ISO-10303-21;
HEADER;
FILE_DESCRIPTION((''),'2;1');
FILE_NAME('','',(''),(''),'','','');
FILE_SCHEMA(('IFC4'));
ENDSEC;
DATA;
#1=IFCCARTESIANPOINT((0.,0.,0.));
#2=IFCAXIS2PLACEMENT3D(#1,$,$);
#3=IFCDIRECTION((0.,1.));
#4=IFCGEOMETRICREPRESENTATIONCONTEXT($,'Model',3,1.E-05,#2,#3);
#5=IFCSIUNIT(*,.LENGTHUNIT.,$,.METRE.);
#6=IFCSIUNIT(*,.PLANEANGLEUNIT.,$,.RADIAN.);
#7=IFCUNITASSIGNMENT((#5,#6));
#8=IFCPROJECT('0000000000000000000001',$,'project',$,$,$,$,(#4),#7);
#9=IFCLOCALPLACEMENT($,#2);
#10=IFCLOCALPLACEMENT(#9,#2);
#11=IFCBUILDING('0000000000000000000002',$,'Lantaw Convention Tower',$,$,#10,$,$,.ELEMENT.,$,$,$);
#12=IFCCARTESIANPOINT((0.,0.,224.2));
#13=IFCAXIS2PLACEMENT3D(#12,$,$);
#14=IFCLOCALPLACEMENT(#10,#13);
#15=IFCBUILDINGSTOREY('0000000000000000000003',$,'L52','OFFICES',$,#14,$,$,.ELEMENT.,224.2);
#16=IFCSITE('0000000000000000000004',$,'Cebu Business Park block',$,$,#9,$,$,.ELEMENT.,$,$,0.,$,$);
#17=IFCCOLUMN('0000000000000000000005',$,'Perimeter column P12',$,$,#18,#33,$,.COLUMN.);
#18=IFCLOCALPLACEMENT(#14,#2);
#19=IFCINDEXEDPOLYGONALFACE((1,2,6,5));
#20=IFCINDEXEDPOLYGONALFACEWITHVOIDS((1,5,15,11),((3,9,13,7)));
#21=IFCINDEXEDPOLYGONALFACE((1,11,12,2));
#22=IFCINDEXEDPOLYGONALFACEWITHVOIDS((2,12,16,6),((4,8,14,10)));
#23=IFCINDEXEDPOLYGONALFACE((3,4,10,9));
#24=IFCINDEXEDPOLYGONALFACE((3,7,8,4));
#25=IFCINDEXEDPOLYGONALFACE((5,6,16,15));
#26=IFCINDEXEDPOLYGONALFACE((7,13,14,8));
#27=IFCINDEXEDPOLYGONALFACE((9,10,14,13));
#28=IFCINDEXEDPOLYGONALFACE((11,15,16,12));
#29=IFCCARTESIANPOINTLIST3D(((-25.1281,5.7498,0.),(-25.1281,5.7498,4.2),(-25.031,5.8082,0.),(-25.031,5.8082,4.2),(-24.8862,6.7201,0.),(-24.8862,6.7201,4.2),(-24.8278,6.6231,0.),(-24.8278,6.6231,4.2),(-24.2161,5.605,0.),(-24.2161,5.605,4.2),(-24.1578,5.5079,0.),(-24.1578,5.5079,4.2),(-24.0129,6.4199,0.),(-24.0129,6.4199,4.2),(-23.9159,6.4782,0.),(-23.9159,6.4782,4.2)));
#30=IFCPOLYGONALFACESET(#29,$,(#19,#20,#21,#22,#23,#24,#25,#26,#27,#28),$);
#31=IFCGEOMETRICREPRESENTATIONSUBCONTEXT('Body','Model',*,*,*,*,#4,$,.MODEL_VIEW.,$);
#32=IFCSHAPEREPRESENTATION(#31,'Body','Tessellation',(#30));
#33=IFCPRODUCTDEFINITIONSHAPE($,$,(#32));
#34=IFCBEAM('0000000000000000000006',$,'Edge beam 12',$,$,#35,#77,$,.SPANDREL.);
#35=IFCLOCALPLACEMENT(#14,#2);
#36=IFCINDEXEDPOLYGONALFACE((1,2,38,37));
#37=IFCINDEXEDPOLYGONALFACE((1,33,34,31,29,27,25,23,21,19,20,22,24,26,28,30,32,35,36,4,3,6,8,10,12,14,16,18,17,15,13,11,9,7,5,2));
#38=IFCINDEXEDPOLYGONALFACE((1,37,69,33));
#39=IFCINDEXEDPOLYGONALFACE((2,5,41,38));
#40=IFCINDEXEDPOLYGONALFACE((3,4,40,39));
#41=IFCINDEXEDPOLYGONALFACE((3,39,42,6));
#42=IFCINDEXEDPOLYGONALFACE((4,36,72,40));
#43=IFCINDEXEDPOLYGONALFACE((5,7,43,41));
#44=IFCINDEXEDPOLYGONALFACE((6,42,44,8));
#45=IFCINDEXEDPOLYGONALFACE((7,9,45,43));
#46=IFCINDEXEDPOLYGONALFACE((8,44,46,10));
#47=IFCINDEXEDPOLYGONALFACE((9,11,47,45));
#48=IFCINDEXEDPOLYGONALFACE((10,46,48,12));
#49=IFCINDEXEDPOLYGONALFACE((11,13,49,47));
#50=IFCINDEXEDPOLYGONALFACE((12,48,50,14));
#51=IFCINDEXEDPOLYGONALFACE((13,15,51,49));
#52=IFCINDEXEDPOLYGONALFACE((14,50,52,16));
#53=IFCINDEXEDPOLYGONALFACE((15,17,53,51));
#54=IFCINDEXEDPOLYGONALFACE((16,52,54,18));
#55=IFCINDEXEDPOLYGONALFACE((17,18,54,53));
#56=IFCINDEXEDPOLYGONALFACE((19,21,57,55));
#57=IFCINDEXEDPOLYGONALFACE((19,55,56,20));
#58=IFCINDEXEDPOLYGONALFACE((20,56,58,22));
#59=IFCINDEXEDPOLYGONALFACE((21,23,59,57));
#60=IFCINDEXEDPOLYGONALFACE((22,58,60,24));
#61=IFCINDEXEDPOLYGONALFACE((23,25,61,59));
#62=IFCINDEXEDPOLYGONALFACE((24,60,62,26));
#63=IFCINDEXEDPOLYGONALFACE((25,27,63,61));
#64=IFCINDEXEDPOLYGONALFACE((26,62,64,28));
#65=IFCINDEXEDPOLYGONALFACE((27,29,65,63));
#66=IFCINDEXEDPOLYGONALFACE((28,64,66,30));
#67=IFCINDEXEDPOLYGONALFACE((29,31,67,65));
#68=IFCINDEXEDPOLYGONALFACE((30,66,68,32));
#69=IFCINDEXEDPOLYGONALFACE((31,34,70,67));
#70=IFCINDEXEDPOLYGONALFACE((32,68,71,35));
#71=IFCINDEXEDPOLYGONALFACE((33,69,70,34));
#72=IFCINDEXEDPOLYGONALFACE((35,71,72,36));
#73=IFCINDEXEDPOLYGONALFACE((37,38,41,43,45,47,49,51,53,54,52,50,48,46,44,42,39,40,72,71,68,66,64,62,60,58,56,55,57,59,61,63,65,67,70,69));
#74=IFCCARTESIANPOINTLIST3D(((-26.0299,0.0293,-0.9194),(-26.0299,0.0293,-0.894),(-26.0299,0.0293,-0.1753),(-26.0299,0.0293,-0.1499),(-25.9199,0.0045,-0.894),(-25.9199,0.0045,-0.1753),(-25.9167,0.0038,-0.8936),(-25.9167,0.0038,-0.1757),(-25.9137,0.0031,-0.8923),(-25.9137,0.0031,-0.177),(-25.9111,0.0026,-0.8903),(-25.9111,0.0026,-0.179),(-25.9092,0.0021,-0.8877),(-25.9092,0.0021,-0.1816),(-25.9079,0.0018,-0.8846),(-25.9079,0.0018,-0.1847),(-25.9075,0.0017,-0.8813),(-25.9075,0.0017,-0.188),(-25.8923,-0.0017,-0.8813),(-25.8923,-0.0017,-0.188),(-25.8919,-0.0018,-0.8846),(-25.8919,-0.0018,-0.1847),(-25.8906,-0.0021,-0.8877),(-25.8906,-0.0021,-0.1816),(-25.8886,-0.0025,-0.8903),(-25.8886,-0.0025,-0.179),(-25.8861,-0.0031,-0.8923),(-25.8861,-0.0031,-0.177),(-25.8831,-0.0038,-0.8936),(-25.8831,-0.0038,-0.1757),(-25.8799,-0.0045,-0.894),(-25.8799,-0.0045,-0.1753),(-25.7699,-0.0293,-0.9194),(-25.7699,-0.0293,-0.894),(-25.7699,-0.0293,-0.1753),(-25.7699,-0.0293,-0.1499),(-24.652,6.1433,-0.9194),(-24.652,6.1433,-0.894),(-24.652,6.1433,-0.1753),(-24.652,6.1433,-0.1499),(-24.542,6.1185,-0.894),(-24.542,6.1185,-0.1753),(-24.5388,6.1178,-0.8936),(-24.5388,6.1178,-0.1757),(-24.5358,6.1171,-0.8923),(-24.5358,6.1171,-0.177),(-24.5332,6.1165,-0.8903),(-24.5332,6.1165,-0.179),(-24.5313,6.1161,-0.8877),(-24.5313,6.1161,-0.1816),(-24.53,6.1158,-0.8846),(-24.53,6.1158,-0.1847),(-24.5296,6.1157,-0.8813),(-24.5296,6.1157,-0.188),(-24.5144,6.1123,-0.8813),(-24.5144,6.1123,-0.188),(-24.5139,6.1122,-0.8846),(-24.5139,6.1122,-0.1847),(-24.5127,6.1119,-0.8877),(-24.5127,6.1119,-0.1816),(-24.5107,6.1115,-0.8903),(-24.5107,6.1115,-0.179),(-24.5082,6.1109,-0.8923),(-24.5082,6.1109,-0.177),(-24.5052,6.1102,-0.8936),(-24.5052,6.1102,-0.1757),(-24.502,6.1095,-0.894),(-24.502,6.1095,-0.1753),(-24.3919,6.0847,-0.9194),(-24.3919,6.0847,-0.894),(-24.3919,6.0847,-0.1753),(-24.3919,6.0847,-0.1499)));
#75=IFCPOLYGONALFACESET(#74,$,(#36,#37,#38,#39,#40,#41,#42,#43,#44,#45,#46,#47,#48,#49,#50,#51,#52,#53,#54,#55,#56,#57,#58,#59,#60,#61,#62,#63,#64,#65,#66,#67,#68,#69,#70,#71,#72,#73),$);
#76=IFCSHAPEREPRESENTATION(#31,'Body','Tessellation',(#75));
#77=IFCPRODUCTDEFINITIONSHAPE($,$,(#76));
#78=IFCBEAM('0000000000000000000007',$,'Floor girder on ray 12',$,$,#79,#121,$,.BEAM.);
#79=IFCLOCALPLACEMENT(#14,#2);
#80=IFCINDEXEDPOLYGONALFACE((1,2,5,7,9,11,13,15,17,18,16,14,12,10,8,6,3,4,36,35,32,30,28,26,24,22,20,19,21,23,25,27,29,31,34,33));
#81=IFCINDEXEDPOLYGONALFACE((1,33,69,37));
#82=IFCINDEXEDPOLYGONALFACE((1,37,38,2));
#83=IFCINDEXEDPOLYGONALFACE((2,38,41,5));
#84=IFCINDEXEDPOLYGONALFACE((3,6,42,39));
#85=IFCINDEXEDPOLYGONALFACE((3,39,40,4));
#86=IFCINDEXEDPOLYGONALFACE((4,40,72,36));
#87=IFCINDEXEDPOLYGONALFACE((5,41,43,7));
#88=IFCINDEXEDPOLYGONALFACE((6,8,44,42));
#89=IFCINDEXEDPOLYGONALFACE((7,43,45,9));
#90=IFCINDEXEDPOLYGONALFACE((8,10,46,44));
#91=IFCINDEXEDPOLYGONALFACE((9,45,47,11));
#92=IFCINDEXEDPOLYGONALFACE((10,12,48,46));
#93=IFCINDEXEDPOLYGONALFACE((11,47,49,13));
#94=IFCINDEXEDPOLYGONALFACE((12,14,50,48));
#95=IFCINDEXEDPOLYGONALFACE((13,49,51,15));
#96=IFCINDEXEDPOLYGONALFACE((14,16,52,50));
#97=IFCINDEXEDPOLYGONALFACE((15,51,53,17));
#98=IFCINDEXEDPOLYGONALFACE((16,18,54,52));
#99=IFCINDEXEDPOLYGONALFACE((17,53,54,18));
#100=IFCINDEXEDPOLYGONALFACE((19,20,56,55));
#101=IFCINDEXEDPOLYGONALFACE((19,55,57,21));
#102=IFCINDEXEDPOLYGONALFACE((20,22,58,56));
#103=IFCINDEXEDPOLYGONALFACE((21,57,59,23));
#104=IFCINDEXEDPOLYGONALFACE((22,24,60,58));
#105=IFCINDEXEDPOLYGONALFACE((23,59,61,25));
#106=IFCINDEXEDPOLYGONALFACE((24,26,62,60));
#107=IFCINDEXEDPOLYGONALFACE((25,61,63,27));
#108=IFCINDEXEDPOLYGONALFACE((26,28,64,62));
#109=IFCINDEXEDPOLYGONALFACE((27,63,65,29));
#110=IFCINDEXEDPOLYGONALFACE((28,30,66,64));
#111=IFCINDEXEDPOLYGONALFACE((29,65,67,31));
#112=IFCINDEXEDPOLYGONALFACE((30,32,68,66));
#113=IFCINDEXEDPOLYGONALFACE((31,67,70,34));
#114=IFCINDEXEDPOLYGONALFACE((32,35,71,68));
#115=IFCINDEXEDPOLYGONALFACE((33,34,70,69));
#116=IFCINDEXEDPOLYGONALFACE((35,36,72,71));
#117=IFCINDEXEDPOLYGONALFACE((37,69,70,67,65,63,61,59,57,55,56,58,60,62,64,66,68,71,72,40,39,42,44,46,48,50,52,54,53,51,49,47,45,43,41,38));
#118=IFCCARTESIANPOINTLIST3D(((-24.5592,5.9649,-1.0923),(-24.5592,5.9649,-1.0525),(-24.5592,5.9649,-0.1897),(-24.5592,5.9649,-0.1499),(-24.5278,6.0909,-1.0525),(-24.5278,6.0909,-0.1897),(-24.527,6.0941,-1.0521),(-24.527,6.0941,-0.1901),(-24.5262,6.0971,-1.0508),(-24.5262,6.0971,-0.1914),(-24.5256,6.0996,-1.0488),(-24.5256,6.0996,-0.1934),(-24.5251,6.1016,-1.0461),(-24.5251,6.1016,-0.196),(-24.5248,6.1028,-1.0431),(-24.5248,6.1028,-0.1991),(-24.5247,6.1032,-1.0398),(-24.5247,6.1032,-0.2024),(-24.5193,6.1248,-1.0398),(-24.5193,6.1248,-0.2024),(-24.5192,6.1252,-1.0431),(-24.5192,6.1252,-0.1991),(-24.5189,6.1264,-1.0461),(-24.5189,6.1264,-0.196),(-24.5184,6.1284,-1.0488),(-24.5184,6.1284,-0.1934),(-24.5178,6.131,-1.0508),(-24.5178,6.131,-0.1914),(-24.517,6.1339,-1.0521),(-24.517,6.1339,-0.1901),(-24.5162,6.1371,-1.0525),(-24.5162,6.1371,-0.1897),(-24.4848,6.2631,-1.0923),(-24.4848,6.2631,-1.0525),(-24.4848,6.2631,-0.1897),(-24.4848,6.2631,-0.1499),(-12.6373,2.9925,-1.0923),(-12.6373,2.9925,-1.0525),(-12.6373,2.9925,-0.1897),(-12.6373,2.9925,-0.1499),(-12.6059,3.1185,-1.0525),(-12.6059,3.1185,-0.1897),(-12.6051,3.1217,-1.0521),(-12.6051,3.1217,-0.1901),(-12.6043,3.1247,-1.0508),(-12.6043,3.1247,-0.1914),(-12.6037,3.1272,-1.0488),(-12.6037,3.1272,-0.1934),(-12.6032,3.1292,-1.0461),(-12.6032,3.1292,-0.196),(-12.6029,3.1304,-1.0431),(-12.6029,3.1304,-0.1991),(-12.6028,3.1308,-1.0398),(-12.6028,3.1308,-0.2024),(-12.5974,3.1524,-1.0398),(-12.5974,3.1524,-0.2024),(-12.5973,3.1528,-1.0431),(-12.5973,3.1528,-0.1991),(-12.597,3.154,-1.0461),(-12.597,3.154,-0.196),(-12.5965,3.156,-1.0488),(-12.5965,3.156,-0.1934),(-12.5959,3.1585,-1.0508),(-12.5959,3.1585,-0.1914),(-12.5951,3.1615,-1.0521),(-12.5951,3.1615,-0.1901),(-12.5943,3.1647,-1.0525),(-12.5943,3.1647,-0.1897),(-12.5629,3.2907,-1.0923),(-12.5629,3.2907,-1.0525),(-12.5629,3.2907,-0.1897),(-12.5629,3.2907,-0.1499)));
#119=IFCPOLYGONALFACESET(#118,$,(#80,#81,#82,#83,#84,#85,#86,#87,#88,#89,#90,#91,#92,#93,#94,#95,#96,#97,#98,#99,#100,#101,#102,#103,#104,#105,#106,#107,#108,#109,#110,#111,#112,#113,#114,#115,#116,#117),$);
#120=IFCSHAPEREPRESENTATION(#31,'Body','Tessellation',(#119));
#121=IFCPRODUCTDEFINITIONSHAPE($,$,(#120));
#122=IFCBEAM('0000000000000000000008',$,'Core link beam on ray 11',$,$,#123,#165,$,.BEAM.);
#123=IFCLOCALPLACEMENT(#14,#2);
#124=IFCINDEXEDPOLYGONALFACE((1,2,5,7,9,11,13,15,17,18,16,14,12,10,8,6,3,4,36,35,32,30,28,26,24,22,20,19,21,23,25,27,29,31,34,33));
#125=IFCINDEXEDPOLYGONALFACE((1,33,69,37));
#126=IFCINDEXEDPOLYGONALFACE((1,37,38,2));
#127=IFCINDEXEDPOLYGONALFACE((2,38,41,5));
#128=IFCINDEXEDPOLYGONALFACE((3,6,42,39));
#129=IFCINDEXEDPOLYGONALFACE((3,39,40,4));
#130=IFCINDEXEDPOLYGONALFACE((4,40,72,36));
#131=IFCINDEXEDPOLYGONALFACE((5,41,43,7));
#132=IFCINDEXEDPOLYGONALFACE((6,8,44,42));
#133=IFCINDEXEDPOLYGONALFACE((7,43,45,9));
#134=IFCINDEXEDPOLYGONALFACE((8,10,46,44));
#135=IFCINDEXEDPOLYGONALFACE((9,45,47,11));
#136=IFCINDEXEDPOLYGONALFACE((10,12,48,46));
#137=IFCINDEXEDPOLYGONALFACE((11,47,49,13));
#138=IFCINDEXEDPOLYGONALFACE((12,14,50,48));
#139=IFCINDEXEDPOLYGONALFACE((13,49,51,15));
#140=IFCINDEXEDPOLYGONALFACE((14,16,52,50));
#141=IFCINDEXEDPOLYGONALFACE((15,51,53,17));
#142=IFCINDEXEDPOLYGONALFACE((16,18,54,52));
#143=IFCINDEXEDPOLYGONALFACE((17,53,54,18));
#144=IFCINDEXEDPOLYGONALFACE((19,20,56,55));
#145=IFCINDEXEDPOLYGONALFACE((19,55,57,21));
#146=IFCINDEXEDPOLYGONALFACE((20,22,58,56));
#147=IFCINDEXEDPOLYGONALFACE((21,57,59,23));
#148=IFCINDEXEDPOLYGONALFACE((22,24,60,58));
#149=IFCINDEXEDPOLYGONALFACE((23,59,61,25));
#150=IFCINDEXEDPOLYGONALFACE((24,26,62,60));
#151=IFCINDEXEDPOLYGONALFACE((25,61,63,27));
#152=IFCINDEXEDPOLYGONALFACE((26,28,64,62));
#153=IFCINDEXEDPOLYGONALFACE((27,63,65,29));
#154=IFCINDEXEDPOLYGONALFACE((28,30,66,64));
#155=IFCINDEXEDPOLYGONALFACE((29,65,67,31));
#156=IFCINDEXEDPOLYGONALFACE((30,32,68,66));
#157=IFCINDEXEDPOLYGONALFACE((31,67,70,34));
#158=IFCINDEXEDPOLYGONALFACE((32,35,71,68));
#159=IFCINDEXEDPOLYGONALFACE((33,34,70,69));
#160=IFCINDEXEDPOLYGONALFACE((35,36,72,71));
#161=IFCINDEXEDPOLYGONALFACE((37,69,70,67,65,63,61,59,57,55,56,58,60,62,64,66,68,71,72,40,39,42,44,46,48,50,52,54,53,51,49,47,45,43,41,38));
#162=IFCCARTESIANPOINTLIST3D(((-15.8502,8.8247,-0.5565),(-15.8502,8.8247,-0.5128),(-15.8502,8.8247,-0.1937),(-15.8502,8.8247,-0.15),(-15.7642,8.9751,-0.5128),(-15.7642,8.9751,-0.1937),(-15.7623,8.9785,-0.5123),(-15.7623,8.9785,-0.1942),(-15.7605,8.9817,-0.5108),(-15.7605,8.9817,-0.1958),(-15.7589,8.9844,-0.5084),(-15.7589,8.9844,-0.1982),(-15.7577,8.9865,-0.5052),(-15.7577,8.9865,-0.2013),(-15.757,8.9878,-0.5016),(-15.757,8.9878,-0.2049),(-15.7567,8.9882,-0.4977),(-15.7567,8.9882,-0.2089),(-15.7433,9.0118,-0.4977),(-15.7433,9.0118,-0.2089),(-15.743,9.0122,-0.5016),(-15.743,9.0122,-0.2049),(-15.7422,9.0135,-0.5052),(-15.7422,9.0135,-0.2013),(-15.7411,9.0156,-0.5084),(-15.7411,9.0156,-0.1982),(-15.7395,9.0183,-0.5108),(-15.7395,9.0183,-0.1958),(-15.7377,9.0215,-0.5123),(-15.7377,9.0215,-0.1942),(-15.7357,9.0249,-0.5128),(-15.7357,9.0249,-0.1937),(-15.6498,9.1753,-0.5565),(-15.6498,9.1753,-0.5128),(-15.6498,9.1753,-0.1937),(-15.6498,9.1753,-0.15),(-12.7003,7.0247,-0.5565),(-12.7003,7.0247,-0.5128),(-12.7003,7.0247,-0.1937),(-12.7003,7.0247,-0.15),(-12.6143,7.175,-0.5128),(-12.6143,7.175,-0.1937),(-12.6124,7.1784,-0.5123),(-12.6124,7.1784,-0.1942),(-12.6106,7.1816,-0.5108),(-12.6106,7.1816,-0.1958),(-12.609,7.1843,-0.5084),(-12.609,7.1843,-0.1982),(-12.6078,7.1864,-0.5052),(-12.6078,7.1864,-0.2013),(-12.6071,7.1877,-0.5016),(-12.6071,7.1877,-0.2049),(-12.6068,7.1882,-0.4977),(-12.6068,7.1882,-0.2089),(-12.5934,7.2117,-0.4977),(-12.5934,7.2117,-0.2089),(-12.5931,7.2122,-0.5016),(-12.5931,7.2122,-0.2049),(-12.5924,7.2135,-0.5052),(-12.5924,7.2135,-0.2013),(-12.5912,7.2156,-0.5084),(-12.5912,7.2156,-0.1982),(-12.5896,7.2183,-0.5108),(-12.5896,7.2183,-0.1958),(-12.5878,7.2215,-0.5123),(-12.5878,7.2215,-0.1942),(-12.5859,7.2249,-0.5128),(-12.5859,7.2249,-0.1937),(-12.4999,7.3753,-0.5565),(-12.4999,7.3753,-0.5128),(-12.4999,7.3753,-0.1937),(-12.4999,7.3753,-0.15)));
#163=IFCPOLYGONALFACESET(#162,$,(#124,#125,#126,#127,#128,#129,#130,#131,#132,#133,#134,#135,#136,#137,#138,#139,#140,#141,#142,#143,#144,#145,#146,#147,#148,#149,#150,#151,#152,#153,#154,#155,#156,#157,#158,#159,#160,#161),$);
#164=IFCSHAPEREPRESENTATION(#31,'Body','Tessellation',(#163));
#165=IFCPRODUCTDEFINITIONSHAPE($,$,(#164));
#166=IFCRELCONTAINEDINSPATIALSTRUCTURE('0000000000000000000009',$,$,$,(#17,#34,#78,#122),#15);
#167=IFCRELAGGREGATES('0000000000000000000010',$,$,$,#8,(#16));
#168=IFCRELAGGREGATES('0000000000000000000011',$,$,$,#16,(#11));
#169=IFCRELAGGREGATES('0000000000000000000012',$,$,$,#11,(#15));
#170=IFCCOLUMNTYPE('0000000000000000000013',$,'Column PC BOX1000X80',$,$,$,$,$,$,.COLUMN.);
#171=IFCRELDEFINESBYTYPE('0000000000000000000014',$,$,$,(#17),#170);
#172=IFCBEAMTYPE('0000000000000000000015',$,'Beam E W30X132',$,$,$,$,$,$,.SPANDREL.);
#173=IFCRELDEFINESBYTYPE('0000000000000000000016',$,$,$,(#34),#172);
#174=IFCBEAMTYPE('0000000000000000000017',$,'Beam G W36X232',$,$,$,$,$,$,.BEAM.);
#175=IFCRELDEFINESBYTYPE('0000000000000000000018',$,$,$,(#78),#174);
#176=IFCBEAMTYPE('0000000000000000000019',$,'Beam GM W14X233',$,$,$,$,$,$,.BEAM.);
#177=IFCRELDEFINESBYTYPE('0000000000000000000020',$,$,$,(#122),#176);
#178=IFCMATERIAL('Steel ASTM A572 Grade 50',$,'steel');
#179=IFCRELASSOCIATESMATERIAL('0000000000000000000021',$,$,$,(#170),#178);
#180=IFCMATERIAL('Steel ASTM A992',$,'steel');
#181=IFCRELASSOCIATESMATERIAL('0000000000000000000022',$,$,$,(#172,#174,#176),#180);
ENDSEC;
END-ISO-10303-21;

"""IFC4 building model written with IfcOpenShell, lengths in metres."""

from ifc_helpers import new_model, si_unit, direction, frame, origin, origin_2d, place, context, subcontext, project, spatial, rectangle, hollow_rectangle, i_section, extrude, material, material_profile, profile_set, type_object, element, save


model = new_model("IFC4")

# Units and contexts
model_context = context("Model", 3, precision=1e-05, world=origin(), true_north=direction((0.0, 1.0)))
body_context = subcontext(model_context, "Body", "Model", "MODEL_VIEW")
ifc_project = project(units=[si_unit("LENGTHUNIT", "METRE"), si_unit("PLANEANGLEUNIT", "RADIAN")], contexts=[model_context])

# Site, building, storey
site_placement = place(None, origin())
site = spatial("IfcSite", under=ifc_project, at=site_placement, Name="Cebu Business Park block", CompositionType="ELEMENT", RefElevation=0.0)
building_placement = place(site_placement, origin())
building = spatial("IfcBuilding", under=site, at=building_placement, Name="Lantaw Convention Tower", CompositionType="ELEMENT")
storey_placement = place(building_placement, frame((0.0, 0.0, 224.2)))
storey = spatial("IfcBuildingStorey", under=building, at=storey_placement, Name="L52", Description="OFFICES", CompositionType="ELEMENT", Elevation=224.2)

# Column
ifc_material_1 = material(Name="Steel ASTM A572 Grade 50", Category="steel")
ifc_material_profile_1 = material_profile(ifc_material_1, hollow_rectangle(XDim=1.0, YDim=1.0, WallThickness=0.0801, at=origin_2d()), Name="BOX1000X80")
ifc_material_2 = material(Name="Concrete C60/75", Category="concrete")
ifc_material_profile_2 = material_profile(ifc_material_2, rectangle(XDim=0.8401, YDim=0.8401, at=origin_2d()), Name="Concrete fill of BOX1000X80")
ifc_profile_set_1 = profile_set([ifc_material_profile_1, ifc_material_profile_2], Name="Steel ASTM A572 Grade 50")
column_type = type_object("IfcColumnType", Name="Column PC BOX1000X80", PredefinedType="COLUMN", material=ifc_profile_set_1)
column_placement = place(storey_placement, frame((-24.522, 6.114, 0.0), z_axis=(0.0, 0.0, 1.0), x_axis=(0.241922, 0.970296, 0.0)))
element("IfcColumn", 1, at=column_placement, inside=storey, type_object=column_type, Name="Perimeter column P12", PredefinedType="COLUMN", context=body_context, shape_type="SweptSolid", body=[
    extrude(hollow_rectangle(XDim=1.0, YDim=1.0, WallThickness=0.0801, at=origin_2d()), origin(), (0.0, 0.0, 1.0), 4.2),
])

# Beams
ifc_material_3 = material(Name="Steel ASTM A992", Category="steel")
ifc_material_profile_3 = material_profile(ifc_material_3, i_section(OverallWidth=0.2666, OverallDepth=0.7695, WebThickness=0.0156, FlangeThickness=0.0254, FilletRadius=0.0127, at=origin_2d()), Name="W30X132")
ifc_profile_set_2 = profile_set([ifc_material_profile_3], Name="Steel ASTM A992")
beam_type_1 = type_object("IfcBeamType", Name="Beam E W30X132", PredefinedType="SPANDREL", material=ifc_profile_set_2)
beam_1_placement = place(storey_placement, frame((-24.522, 6.114, -0.5347), z_axis=(-0.219858, -0.975532, 0.0), x_axis=(0.975532, -0.219858, 0.0)))
element("IfcBeam", 2, at=beam_1_placement, inside=storey, type_object=beam_type_1, Name="Edge beam 12", PredefinedType="SPANDREL", context=body_context, shape_type="SweptSolid", body=[
    extrude(i_section(OverallWidth=0.2666, OverallDepth=0.7695, WebThickness=0.0156, FlangeThickness=0.0254, FilletRadius=0.0127, at=origin_2d()), origin(), (0.0, 0.0, 1.0), 6.2673),
])
ifc_material_profile_4 = material_profile(ifc_material_3, i_section(OverallWidth=0.3074, OverallDepth=0.9424, WebThickness=0.0222, FlangeThickness=0.0398, FilletRadius=0.0127, at=origin_2d()), Name="W36X232")
ifc_profile_set_3 = profile_set([ifc_material_profile_4], Name="Steel ASTM A992")
beam_type_2 = type_object("IfcBeamType", Name="Beam G W36X232", PredefinedType="BEAM", material=ifc_profile_set_3)
beam_2_placement = place(storey_placement, frame((-12.6001, 3.1416, -0.6211), z_axis=(-0.970297, 0.241918, 0.0), x_axis=(-0.241918, -0.970297, 0.0)))
element("IfcBeam", 3, at=beam_2_placement, inside=storey, type_object=beam_type_2, Name="Floor girder on ray 12", PredefinedType="BEAM", context=body_context, shape_type="SweptSolid", body=[
    extrude(i_section(OverallWidth=0.3074, OverallDepth=0.9424, WebThickness=0.0222, FlangeThickness=0.0398, FilletRadius=0.0127, at=origin_2d()), origin(), (0.0, 0.0, 1.0), 12.2869),
])
ifc_material_profile_5 = material_profile(ifc_material_3, i_section(OverallWidth=0.4038, OverallDepth=0.4065, WebThickness=0.0271, FlangeThickness=0.0437, FilletRadius=0.0151, at=origin_2d()), Name="W14X233")
ifc_profile_set_4 = profile_set([ifc_material_profile_5], Name="Steel ASTM A992")
beam_type_3 = type_object("IfcBeamType", Name="Beam GM W14X233", PredefinedType="BEAM", material=ifc_profile_set_4)
beam_3_placement = place(storey_placement, frame((-12.6001, 7.2, -0.3533), z_axis=(-0.868231, 0.496161, 0.0), x_axis=(-0.496161, -0.868231, 0.0)))
element("IfcBeam", 4, at=beam_3_placement, inside=storey, type_object=beam_type_3, Name="Core link beam on ray 11", PredefinedType="BEAM", context=body_context, shape_type="SweptSolid", body=[
    extrude(i_section(OverallWidth=0.4038, OverallDepth=0.4065, WebThickness=0.0271, FlangeThickness=0.0437, FilletRadius=0.0151, at=origin_2d()), origin(), (0.0, 0.0, 1.0), 3.6279),
])

save(model, "model.ifc")
